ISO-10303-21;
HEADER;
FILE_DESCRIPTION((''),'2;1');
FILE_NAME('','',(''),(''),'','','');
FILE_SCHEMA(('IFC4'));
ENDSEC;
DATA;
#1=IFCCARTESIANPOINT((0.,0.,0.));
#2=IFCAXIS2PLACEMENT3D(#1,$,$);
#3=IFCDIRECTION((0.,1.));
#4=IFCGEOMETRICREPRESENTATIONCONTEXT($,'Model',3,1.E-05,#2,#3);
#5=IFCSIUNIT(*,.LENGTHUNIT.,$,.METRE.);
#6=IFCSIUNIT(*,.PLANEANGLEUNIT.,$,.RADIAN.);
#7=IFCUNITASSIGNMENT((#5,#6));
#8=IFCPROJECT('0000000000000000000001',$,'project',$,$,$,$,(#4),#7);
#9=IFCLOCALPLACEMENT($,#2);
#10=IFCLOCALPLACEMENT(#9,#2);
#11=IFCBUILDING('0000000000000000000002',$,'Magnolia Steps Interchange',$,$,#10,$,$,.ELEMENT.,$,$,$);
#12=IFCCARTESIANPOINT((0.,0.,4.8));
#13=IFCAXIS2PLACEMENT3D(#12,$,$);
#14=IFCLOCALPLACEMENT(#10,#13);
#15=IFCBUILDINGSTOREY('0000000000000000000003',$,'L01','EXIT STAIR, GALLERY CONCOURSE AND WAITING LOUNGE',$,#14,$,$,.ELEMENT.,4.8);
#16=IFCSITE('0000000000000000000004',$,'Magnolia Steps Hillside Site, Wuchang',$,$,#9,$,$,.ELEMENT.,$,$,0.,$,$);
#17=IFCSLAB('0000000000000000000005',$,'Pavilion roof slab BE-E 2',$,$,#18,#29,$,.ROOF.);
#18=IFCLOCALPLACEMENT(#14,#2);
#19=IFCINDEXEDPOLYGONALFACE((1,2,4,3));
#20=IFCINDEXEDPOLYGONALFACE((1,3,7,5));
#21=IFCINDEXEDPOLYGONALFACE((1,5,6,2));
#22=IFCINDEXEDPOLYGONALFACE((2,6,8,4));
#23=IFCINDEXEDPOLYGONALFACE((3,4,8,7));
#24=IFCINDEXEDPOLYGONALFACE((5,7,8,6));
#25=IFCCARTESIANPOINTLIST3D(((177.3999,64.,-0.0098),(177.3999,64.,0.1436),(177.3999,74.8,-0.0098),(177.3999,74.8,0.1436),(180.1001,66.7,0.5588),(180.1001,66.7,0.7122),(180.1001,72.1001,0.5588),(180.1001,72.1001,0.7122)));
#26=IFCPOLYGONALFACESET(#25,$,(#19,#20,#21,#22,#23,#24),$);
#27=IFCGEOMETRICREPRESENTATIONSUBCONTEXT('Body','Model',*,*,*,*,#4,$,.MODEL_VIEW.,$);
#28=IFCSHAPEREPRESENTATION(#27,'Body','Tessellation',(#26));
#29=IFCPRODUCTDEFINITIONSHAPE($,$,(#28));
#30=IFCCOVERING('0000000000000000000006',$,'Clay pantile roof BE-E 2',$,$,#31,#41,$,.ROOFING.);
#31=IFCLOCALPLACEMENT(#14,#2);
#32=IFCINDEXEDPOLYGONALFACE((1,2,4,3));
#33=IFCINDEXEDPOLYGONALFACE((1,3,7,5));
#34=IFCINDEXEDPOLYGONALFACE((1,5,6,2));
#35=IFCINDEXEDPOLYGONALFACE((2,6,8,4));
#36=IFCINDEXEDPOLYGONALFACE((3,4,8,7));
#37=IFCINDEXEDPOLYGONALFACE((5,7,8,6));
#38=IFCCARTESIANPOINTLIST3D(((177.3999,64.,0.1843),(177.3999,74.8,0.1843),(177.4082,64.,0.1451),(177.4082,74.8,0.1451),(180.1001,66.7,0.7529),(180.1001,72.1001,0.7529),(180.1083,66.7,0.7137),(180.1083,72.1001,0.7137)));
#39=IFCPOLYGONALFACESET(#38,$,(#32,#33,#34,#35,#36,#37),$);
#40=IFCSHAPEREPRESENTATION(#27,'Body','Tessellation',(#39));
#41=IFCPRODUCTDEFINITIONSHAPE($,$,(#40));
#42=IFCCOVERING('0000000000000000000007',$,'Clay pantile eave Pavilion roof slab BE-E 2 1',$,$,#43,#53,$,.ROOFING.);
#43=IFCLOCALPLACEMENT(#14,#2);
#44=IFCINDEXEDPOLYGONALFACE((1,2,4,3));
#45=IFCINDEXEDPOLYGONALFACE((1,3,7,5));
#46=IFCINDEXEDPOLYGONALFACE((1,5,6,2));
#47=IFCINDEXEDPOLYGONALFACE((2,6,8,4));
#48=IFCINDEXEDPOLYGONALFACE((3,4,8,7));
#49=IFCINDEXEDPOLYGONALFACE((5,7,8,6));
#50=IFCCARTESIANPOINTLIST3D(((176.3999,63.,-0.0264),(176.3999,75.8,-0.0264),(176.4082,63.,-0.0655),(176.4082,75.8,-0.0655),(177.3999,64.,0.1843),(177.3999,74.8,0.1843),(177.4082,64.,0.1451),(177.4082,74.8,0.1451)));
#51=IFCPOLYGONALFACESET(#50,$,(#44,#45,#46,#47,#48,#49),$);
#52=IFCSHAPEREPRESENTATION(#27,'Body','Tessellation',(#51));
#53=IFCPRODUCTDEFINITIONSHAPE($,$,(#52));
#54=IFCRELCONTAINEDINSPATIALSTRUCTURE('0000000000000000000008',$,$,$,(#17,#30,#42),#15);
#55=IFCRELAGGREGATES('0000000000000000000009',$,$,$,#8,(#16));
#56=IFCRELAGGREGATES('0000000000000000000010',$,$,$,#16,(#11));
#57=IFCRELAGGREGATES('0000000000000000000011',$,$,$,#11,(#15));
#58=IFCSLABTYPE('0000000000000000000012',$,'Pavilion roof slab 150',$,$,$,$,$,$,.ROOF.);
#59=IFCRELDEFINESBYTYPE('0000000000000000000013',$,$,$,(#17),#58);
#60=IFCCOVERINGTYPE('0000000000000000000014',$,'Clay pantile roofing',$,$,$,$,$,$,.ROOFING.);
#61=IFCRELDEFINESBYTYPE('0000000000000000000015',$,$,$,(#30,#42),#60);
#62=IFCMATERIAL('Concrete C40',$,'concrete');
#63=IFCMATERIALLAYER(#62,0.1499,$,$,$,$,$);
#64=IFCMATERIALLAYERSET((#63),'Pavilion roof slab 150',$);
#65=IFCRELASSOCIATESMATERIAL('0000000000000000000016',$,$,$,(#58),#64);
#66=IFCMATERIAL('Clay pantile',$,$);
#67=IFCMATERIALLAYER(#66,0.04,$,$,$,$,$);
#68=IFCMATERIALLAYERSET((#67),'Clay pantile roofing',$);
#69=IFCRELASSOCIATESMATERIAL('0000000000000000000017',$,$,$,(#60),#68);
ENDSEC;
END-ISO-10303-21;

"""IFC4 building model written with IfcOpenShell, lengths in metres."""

from ifc_helpers import new_model, si_unit, direction, frame, origin, place, context, subcontext, project, spatial, polyline, outline, extrude, material, layer, layer_set, type_object, element, save


model = new_model("IFC4")

# Units and contexts
model_context = context("Model", 3, precision=1e-05, world=origin(), true_north=direction((0.0, 1.0)))
body_context = subcontext(model_context, "Body", "Model", "MODEL_VIEW")
ifc_project = project(units=[si_unit("LENGTHUNIT", "METRE"), si_unit("PLANEANGLEUNIT", "RADIAN")], contexts=[model_context])

# Site, building, storey
site_placement = place(None, origin())
site = spatial("IfcSite", under=ifc_project, at=site_placement, Name="Magnolia Steps Hillside Site, Wuchang", CompositionType="ELEMENT", RefElevation=0.0)
building_placement = place(site_placement, origin())
building = spatial("IfcBuilding", under=site, at=building_placement, Name="Magnolia Steps Interchange", CompositionType="ELEMENT")
storey_placement = place(building_placement, frame((0.0, 0.0, 4.8)))
storey = spatial("IfcBuildingStorey", under=building, at=storey_placement, Name="L01", Description="EXIT STAIR, GALLERY CONCOURSE AND WAITING LOUNGE", CompositionType="ELEMENT", Elevation=4.8)

# Slab
ifc_material_1 = material(Name="Concrete C40", Category="concrete")
ifc_layer_1 = layer(ifc_material_1, 0.1499)
ifc_layer_set_1 = layer_set([ifc_layer_1], Name="Pavilion roof slab 150")
slab_type_1 = type_object("IfcSlabType", Name="Pavilion roof slab 150", PredefinedType="ROOF", material=ifc_layer_set_1)
slab_1_placement = place(storey_placement, frame((177.3999, 74.8, 0.1436), z_axis=(-0.20606, 0.0, 0.978539), x_axis=(0.0, -1.0, 0.0)))
element("IfcSlab", 1, at=slab_1_placement, inside=storey, type_object=slab_type_1, Name="Pavilion roof slab BE-E 2", PredefinedType="ROOF", context=body_context, shape_type="SweptSolid", body=[
    extrude(outline(polyline([(0.0, 0.0), (10.8, 0.0), (8.1001, 2.7594), (2.7, 2.7594), (0.0, 0.0)])), origin(), (0.0, -0.20606, -0.978539), 0.1533),
])

# Coverings
ifc_material_2 = material(Name="Clay pantile")
ifc_layer_2 = layer(ifc_material_2, 0.04)
ifc_layer_set_2 = layer_set([ifc_layer_2], Name="Clay pantile roofing")
covering_type = type_object("IfcCoveringType", Name="Clay pantile roofing", PredefinedType="ROOFING", material=ifc_layer_set_2)
covering_1_placement = place(storey_placement, frame((177.3999, 74.8, 0.1843), z_axis=(-0.20606, 0.0, 0.978539), x_axis=(0.0, -1.0, 0.0)))
element("IfcCovering", 2, at=covering_1_placement, inside=storey, type_object=covering_type, Name="Clay pantile roof BE-E 2", PredefinedType="ROOFING", context=body_context, shape_type="SweptSolid", body=[
    extrude(outline(polyline([(0.0, 0.0), (10.8, 0.0), (8.1001, 2.7594), (2.7, 2.7594), (0.0, 0.0)])), origin(), (0.0, 0.0, -1.0), 0.04),
])
covering_2_placement = place(storey_placement, frame((177.3999, 74.8, 0.1843), z_axis=(-0.206167, 0.0, 0.978517), x_axis=(0.0, -1.0, 0.0)))
element("IfcCovering", 3, at=covering_2_placement, inside=storey, type_object=covering_type, Name="Clay pantile eave Pavilion roof slab BE-E 2 1", PredefinedType="ROOFING", context=body_context, shape_type="SweptSolid", body=[
    extrude(outline(polyline([(0.0, 0.0), (10.8, 0.0), (11.8, -1.022), (-1.0, -1.022), (0.0, 0.0)])), origin(), (0.0, 0.0, -1.0), 0.04),
])

save(model, "model.ifc")
